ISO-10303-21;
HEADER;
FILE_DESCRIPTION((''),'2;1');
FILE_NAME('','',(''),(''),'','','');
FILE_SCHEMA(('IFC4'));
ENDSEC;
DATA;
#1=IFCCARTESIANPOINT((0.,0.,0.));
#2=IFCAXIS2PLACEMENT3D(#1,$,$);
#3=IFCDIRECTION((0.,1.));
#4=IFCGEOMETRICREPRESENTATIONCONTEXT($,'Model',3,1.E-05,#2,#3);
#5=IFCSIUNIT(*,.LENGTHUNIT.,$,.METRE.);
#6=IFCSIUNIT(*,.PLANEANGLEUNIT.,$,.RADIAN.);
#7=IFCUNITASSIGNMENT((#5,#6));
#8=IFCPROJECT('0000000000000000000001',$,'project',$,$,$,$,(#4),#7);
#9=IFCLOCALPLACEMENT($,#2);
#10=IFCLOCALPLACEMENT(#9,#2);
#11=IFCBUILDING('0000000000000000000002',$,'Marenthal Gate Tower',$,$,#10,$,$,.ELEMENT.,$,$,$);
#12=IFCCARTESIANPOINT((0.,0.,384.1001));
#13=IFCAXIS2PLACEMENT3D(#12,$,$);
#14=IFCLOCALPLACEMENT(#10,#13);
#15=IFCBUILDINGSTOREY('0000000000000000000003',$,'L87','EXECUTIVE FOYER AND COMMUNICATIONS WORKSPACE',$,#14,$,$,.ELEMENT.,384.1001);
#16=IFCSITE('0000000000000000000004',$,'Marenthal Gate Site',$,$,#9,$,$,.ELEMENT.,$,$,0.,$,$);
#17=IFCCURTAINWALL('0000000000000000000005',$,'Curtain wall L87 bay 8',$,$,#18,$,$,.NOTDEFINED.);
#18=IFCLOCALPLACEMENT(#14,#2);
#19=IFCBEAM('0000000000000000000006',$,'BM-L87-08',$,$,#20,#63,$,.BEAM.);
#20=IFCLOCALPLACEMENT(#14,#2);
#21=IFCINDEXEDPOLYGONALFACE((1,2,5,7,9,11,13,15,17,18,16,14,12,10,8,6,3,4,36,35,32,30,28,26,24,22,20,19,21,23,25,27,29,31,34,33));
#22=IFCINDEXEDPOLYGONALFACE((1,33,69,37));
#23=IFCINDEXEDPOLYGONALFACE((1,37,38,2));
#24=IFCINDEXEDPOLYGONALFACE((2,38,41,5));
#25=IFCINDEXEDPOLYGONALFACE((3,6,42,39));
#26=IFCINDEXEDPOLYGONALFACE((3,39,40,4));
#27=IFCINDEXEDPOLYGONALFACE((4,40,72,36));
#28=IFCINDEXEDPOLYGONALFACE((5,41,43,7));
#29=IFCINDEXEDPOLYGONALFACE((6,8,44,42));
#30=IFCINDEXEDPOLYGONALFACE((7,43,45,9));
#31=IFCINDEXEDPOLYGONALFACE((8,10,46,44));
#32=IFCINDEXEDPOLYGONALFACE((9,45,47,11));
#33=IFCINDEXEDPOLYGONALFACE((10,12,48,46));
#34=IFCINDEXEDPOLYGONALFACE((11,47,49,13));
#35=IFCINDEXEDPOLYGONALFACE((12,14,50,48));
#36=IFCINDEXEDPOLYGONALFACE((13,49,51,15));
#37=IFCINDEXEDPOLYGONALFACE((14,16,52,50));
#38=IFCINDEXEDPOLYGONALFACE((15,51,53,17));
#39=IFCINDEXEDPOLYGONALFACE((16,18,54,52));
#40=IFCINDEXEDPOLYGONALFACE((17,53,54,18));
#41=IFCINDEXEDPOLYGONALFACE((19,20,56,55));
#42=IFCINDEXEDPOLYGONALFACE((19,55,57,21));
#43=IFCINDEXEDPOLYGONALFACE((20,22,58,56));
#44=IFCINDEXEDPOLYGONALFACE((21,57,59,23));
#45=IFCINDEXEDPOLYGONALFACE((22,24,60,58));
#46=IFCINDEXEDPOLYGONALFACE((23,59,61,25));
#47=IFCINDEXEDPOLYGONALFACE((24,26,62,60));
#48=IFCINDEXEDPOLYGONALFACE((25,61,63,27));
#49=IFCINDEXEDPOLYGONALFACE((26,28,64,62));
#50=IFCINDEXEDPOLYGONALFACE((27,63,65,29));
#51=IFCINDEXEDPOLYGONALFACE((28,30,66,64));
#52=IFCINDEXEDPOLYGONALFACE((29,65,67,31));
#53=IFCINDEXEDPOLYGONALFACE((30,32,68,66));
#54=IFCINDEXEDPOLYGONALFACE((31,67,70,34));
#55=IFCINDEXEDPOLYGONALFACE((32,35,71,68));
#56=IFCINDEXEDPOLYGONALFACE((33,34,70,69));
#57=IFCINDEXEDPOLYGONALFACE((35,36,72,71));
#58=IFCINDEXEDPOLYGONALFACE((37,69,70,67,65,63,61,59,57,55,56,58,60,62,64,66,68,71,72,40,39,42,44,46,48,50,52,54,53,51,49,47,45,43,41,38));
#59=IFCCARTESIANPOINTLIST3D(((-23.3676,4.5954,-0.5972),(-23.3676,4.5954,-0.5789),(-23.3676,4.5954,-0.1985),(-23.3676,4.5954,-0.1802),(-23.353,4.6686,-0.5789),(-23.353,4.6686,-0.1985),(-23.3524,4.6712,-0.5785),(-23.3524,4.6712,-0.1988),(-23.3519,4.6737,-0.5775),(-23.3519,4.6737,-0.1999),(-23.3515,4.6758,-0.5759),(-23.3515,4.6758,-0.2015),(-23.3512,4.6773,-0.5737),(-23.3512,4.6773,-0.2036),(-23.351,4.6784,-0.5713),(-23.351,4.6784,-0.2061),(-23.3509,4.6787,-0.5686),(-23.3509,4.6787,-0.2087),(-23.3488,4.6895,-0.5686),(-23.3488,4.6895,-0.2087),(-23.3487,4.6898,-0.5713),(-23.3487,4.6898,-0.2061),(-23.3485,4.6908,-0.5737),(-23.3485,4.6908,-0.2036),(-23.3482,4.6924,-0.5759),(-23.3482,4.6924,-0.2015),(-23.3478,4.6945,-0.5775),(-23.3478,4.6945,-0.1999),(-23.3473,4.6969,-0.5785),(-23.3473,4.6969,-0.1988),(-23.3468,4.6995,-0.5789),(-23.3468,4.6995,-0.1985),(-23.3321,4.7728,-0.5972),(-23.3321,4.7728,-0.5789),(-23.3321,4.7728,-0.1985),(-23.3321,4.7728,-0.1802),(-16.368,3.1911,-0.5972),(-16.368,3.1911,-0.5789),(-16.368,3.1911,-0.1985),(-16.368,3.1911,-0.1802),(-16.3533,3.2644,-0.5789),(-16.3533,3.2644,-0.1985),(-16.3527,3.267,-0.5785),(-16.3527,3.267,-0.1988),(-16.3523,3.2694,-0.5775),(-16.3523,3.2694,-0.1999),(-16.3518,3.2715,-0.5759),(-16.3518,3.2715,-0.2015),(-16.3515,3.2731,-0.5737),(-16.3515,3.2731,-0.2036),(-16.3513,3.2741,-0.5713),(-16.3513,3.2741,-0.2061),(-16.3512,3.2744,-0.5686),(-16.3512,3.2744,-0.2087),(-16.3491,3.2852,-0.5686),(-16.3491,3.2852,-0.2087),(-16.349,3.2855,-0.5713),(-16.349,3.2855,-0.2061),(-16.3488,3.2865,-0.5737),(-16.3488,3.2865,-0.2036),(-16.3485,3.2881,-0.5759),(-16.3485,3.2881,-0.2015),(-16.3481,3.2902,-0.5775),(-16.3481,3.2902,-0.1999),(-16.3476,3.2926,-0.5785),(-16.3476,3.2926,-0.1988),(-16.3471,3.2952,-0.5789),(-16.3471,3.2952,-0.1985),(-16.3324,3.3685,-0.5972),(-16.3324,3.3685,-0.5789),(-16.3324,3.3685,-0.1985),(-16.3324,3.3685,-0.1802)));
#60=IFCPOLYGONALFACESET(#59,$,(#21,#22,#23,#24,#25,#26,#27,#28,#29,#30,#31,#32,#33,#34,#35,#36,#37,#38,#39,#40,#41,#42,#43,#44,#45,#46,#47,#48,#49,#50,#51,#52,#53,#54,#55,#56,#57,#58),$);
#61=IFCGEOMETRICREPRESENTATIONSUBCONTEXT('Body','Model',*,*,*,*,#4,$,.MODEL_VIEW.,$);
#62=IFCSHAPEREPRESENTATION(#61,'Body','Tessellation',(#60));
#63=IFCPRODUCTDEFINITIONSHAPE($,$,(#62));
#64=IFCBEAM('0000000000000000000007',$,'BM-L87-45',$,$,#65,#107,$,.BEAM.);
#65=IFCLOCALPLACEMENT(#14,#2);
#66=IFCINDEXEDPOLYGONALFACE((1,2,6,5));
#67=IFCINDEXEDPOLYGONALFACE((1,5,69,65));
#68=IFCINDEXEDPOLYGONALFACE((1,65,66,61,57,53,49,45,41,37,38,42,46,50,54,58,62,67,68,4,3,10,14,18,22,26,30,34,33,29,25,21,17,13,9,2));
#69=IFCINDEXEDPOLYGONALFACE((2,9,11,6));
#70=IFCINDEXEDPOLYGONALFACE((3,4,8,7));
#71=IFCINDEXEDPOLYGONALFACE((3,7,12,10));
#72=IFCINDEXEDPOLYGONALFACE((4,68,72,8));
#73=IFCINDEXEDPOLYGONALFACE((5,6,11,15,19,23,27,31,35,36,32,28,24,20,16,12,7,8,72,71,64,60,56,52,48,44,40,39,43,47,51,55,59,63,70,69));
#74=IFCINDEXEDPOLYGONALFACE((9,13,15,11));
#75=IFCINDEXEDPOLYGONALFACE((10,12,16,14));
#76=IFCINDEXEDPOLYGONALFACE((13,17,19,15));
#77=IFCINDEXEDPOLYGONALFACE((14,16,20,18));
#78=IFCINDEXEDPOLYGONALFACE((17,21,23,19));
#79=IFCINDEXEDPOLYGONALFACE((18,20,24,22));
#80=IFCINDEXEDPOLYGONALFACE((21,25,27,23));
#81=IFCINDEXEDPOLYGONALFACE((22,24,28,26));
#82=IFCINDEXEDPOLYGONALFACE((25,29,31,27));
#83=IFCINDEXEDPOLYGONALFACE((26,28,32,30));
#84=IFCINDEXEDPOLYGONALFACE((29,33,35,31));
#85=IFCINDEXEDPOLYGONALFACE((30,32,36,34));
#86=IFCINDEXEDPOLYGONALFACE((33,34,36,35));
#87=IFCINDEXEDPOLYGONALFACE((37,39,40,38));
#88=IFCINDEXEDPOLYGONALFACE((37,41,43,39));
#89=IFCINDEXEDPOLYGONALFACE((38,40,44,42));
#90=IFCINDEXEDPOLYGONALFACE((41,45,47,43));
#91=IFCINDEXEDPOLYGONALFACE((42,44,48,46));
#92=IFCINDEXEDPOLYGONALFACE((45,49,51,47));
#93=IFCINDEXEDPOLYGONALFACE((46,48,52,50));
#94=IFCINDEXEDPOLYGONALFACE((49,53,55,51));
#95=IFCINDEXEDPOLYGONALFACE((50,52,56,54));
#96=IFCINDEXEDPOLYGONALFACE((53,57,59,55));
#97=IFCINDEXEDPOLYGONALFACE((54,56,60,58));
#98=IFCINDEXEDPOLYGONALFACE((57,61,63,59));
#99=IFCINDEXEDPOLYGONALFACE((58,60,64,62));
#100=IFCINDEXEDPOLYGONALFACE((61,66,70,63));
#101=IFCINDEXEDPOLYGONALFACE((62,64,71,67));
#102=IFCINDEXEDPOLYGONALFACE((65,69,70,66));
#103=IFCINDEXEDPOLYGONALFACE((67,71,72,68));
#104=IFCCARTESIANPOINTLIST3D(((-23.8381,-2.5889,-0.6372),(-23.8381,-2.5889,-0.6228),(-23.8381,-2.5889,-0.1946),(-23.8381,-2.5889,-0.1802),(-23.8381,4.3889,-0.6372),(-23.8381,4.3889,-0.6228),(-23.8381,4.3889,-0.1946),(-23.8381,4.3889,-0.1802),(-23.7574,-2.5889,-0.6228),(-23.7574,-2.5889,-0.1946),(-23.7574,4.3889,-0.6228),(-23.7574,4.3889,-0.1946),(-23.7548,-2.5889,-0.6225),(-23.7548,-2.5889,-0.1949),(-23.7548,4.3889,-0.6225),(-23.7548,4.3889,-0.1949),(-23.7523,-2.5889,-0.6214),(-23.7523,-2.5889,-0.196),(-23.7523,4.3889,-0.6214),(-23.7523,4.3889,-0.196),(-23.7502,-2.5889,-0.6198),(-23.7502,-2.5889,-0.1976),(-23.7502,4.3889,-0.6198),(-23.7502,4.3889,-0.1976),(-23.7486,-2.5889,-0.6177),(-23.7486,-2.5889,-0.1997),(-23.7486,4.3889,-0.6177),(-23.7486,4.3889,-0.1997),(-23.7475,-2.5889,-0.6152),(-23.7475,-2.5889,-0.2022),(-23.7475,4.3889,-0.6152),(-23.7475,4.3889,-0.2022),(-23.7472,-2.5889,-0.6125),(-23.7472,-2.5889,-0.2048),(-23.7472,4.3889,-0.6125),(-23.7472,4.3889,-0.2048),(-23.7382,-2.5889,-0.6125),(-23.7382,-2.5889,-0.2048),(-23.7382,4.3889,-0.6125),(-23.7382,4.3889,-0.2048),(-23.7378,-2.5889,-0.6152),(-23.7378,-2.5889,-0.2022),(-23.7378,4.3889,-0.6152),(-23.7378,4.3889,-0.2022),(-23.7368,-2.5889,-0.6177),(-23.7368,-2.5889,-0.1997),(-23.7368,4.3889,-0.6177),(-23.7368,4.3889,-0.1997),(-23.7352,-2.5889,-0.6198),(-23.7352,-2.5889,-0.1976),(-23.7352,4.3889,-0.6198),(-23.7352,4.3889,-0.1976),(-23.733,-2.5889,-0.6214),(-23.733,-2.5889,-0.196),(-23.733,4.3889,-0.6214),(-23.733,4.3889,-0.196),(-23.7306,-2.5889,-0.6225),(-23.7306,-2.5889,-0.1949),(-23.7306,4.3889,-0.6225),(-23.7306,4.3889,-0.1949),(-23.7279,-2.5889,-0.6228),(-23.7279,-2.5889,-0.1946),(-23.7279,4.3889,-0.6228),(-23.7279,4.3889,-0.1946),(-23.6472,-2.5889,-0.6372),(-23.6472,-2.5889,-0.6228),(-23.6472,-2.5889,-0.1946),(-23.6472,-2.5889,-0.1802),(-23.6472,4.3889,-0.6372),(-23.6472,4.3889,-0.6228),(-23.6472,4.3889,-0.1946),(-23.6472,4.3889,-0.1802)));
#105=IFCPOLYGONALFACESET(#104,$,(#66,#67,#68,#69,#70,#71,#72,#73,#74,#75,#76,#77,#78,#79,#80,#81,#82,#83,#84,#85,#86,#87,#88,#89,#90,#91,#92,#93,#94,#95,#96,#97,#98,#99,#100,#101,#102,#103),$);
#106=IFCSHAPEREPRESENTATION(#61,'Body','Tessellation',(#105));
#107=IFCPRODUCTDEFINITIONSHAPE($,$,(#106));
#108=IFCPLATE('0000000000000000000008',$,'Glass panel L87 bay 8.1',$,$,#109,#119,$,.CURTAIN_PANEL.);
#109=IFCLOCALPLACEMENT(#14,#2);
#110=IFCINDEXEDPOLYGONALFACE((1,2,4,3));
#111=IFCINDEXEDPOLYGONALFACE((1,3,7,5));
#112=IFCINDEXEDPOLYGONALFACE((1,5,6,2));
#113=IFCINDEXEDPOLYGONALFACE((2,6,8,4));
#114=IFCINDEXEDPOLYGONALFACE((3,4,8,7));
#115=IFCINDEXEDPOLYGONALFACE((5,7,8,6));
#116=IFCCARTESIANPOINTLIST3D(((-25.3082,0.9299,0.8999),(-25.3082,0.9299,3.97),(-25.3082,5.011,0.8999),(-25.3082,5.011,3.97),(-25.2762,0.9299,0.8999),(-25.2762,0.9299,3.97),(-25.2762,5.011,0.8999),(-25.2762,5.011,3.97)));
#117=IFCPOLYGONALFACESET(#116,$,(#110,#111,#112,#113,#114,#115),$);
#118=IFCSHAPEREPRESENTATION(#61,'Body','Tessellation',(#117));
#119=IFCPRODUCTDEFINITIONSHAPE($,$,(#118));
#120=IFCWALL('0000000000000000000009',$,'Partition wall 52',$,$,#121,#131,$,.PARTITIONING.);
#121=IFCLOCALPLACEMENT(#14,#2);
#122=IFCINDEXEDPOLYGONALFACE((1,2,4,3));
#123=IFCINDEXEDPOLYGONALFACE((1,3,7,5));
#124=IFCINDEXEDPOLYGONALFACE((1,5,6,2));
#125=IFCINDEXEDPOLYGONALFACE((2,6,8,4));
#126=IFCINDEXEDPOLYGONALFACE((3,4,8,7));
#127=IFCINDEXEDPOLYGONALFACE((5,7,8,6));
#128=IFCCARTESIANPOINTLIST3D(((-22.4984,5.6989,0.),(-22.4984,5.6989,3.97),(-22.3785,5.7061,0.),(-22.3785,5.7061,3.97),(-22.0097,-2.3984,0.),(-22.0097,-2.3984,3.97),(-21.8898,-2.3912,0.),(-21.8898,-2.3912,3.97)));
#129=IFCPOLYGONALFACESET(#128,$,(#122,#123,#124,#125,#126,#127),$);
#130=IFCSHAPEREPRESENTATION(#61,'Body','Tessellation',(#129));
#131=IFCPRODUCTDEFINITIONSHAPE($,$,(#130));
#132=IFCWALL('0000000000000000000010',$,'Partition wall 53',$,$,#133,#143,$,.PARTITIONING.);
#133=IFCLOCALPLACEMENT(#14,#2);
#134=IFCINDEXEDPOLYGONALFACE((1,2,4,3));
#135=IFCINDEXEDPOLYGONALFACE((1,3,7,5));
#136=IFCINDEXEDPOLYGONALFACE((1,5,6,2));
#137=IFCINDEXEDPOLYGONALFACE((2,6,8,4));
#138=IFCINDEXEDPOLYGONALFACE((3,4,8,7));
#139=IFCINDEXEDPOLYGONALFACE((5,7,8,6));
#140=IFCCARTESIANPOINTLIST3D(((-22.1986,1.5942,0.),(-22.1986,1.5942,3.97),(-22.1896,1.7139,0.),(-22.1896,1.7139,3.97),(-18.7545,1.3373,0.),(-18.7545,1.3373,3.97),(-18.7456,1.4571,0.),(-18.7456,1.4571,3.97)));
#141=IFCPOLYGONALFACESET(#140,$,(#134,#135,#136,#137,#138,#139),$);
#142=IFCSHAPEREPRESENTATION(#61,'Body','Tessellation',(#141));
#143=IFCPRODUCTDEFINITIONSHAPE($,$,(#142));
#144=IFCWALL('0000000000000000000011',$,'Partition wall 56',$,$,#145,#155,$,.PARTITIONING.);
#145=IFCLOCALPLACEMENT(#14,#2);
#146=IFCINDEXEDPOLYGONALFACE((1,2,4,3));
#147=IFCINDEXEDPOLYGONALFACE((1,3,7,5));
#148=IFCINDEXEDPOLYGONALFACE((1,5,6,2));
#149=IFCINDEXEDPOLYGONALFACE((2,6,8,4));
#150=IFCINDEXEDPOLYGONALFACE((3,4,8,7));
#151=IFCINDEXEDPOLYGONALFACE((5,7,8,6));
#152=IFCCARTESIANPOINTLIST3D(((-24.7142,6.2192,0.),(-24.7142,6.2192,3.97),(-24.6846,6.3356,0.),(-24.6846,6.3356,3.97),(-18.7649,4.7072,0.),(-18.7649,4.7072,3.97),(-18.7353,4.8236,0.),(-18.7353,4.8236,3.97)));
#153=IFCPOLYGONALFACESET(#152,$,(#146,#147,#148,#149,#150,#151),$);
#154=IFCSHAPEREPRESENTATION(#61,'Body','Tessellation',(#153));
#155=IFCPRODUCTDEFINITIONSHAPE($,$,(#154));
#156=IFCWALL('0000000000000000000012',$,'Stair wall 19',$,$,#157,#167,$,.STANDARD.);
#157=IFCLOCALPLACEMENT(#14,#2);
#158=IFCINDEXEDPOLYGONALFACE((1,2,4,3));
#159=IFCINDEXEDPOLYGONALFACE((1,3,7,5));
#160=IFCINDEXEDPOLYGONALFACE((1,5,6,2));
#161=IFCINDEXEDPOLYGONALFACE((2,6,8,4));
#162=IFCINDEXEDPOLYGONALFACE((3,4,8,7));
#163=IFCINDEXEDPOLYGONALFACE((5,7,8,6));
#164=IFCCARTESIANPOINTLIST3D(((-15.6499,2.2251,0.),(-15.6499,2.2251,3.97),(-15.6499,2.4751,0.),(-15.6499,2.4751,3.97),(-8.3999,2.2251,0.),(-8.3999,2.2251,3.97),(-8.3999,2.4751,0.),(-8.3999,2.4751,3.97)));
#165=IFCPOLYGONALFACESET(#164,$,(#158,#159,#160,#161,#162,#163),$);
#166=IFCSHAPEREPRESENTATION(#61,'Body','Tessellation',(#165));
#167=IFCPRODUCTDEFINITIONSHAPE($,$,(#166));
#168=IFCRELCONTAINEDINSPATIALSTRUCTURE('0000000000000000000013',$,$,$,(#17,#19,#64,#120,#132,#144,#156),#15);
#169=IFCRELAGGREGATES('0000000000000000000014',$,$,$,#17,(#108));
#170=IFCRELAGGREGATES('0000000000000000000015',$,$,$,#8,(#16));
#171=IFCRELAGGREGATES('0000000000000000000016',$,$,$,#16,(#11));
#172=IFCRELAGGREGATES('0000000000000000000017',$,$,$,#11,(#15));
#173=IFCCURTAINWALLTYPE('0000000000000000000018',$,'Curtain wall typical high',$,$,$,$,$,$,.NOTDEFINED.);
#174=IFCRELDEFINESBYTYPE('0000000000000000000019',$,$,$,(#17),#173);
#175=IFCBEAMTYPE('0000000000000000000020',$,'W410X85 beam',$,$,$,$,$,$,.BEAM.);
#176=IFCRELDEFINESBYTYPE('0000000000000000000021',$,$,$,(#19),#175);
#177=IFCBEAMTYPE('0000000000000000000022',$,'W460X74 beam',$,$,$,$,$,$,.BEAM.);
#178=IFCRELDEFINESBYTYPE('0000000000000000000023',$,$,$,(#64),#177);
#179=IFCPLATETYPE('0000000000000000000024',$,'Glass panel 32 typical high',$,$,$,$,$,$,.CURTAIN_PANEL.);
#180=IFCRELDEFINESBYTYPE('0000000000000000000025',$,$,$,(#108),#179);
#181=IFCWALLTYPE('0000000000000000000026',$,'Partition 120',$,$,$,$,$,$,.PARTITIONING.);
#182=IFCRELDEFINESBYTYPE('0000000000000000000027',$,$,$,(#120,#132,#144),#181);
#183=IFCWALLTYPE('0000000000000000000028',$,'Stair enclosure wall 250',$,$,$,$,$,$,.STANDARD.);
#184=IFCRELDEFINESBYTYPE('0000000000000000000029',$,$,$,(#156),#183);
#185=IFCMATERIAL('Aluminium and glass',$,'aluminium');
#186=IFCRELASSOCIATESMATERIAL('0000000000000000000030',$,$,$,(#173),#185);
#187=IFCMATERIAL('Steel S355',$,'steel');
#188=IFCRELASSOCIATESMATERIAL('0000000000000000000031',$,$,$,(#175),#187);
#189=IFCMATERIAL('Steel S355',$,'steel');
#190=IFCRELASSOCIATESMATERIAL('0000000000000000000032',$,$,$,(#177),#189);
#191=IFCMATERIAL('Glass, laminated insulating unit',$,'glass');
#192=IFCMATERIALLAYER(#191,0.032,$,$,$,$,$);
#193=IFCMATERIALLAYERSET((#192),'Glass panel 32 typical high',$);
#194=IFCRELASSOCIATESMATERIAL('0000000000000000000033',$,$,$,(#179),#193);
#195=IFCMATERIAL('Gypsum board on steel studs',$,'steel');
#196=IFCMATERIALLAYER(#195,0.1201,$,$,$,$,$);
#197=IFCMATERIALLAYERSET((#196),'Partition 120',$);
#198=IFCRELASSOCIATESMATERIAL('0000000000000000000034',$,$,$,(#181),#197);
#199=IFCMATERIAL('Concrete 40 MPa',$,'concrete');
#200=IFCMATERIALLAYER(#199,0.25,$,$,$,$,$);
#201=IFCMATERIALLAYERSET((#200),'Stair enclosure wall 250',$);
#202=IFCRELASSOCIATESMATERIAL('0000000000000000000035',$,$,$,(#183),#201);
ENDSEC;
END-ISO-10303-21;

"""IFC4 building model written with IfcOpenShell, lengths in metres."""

from ifc_helpers import new_model, si_unit, direction, frame, frame_2d, origin, origin_2d, place, context, subcontext, project, spatial, rectangle, i_section, extrude, material, layer, layer_set, material_profile, profile_set, type_object, element, aggregate, save


model = new_model("IFC4")

# Units and contexts
model_context = context("Model", 3, precision=1e-05, world=origin(), true_north=direction((0.0, 1.0)))
body_context = subcontext(model_context, "Body", "Model", "MODEL_VIEW")
ifc_project = project(units=[si_unit("LENGTHUNIT", "METRE"), si_unit("PLANEANGLEUNIT", "RADIAN")], contexts=[model_context])

# Site, building, storey
site_placement = place(None, origin())
site = spatial("IfcSite", under=ifc_project, at=site_placement, Name="Marenthal Gate Site", CompositionType="ELEMENT", RefElevation=0.0)
building_placement = place(site_placement, origin())
building = spatial("IfcBuilding", under=site, at=building_placement, Name="Marenthal Gate Tower", CompositionType="ELEMENT")
storey_placement = place(building_placement, frame((0.0, 0.0, 384.1001)))
storey = spatial("IfcBuildingStorey", under=building, at=storey_placement, Name="L87", Description="EXECUTIVE FOYER AND COMMUNICATIONS WORKSPACE", CompositionType="ELEMENT", Elevation=384.1001)

# Curtain wall
ifc_material_1 = material(Name="Aluminium and glass", Category="aluminium")
curtain_wall_type = type_object("IfcCurtainWallType", Name="Curtain wall typical high", PredefinedType="NOTDEFINED", material=ifc_material_1)
curtain_wall_placement = place(storey_placement, origin())
curtain_wall = element("IfcCurtainWall", 1, at=curtain_wall_placement, inside=storey, type_object=curtain_wall_type, Name="Curtain wall L87 bay 8", PredefinedType="NOTDEFINED")

# Beams
ifc_material_2 = material(Name="Steel S355", Category="steel")
ifc_material_profile_1 = material_profile(ifc_material_2, i_section(OverallWidth=0.1809, OverallDepth=0.417, WebThickness=0.011, FlangeThickness=0.0183, FilletRadius=0.0103, at=origin_2d()), Name="W410X85")
ifc_profile_set_1 = profile_set([ifc_material_profile_1], Name="Steel S355")
beam_type_1 = type_object("IfcBeamType", Name="W410X85 beam", PredefinedType="BEAM", material=ifc_profile_set_1)
beam_1_placement = place(storey_placement, frame((-23.3499, 4.6841, -0.3887), z_axis=(0.980463, -0.196701, 0.0), x_axis=(0.196701, 0.980463, 0.0)))
element("IfcBeam", 2, at=beam_1_placement, inside=storey, type_object=beam_type_1, Name="BM-L87-08", PredefinedType="BEAM", context=body_context, shape_type="SweptSolid", body=[
    extrude(i_section(OverallWidth=0.1809, OverallDepth=0.417, WebThickness=0.011, FlangeThickness=0.0183, FilletRadius=0.0103, at=origin_2d()), origin(), (0.0, 0.0, 1.0), 7.1392),
])
ifc_material_3 = material(Name="Steel S355", Category="steel")
ifc_material_profile_2 = material_profile(ifc_material_3, i_section(OverallWidth=0.1909, OverallDepth=0.457, WebThickness=0.009, FlangeThickness=0.0144, FilletRadius=0.0103, at=origin_2d()), Name="W460X74")
ifc_profile_set_2 = profile_set([ifc_material_profile_2], Name="Steel S355")
beam_type_2 = type_object("IfcBeamType", Name="W460X74 beam", PredefinedType="BEAM", material=ifc_profile_set_2)
beam_2_placement = place(storey_placement, frame((-23.7427, 4.3889, -0.4087), z_axis=(0.0, -1.0, 0.0), x_axis=(1.0, 0.0, 0.0)))
element("IfcBeam", 3, at=beam_2_placement, inside=storey, type_object=beam_type_2, Name="BM-L87-45", PredefinedType="BEAM", context=body_context, shape_type="SweptSolid", body=[
    extrude(i_section(OverallWidth=0.1909, OverallDepth=0.457, WebThickness=0.009, FlangeThickness=0.0144, FilletRadius=0.0103, at=origin_2d()), origin(), (0.0, 0.0, 1.0), 6.9778),
])

# Plate
ifc_material_4 = material(Name="Glass, laminated insulating unit", Category="glass")
ifc_layer_1 = layer(ifc_material_4, 0.032)
ifc_layer_set_1 = layer_set([ifc_layer_1], Name="Glass panel 32 typical high")
plate_type = type_object("IfcPlateType", Name="Glass panel 32 typical high", PredefinedType="CURTAIN_PANEL", material=ifc_layer_set_1)
plate_placement = place(storey_placement, frame((-25.2922, 2.9705, 0.8999), z_axis=(0.0, 0.0, 1.0), x_axis=(0.0, -1.0, 0.0)))
plate = element("IfcPlate", 4, at=plate_placement, type_object=plate_type, Name="Glass panel L87 bay 8.1", PredefinedType="CURTAIN_PANEL", context=body_context, shape_type="SweptSolid", body=[
    extrude(rectangle(XDim=4.0811, YDim=0.032, at=origin_2d()), origin(), (0.0, 0.0, 1.0), 3.0701),
])
aggregate(curtain_wall, [plate])

# Walls
ifc_material_5 = material(Name="Gypsum board on steel studs", Category="steel")
ifc_layer_2 = layer(ifc_material_5, 0.1201)
ifc_layer_set_2 = layer_set([ifc_layer_2], Name="Partition 120")
wall_type_1 = type_object("IfcWallType", Name="Partition 120", PredefinedType="PARTITIONING", material=ifc_layer_set_2)
wall_1_placement = place(storey_placement, frame((-22.4385, 5.7026, 0.0), z_axis=(0.0, 0.0, 1.0), x_axis=(0.060252, -0.998183, 0.0)))
element("IfcWall", 5, at=wall_1_placement, inside=storey, type_object=wall_type_1, Name="Partition wall 52", PredefinedType="PARTITIONING", context=body_context, shape_type="SweptSolid", body=[
    extrude(rectangle(XDim=8.1121, YDim=0.1201, at=frame_2d((4.0562, 0.0))), origin(), (0.0, 0.0, 1.0), 3.97),
])
wall_2_placement = place(storey_placement, frame((-22.1941, 1.6541, 0.0), z_axis=(0.0, 0.0, 1.0), x_axis=(0.997231, -0.074366, 0.0)))
element("IfcWall", 6, at=wall_2_placement, inside=storey, type_object=wall_type_1, Name="Partition wall 53", PredefinedType="PARTITIONING", context=body_context, shape_type="SweptSolid", body=[
    extrude(rectangle(XDim=3.4536, YDim=0.1201, at=frame_2d((1.7268, 0.0))), origin(), (0.0, 0.0, 1.0), 3.97),
])
wall_3_placement = place(storey_placement, frame((-18.75, 4.7654, 0.0), z_axis=(0.0, 0.0, 1.0), x_axis=(-0.96919, 0.246315, 0.0)))
element("IfcWall", 7, at=wall_3_placement, inside=storey, type_object=wall_type_1, Name="Partition wall 56", PredefinedType="PARTITIONING", context=body_context, shape_type="SweptSolid", body=[
    extrude(rectangle(XDim=6.1384, YDim=0.1201, at=frame_2d((3.0693, 0.0))), origin(), (0.0, 0.0, 1.0), 3.97),
])
ifc_material_6 = material(Name="Concrete 40 MPa", Category="concrete")
ifc_layer_3 = layer(ifc_material_6, 0.25)
ifc_layer_set_3 = layer_set([ifc_layer_3], Name="Stair enclosure wall 250")
wall_type_2 = type_object("IfcWallType", Name="Stair enclosure wall 250", PredefinedType="STANDARD", material=ifc_layer_set_3)
wall_4_placement = place(storey_placement, frame((-15.6499, 2.3501, 0.0), z_axis=(0.0, 0.0, 1.0), x_axis=(1.0, 0.0, 0.0)))
element("IfcWall", 8, at=wall_4_placement, inside=storey, type_object=wall_type_2, Name="Stair wall 19", PredefinedType="STANDARD", context=body_context, shape_type="SweptSolid", body=[
    extrude(rectangle(XDim=7.25, YDim=0.25, at=frame_2d((3.625, 0.0))), origin(), (0.0, 0.0, 1.0), 3.97),
])

save(model, "model.ifc")
